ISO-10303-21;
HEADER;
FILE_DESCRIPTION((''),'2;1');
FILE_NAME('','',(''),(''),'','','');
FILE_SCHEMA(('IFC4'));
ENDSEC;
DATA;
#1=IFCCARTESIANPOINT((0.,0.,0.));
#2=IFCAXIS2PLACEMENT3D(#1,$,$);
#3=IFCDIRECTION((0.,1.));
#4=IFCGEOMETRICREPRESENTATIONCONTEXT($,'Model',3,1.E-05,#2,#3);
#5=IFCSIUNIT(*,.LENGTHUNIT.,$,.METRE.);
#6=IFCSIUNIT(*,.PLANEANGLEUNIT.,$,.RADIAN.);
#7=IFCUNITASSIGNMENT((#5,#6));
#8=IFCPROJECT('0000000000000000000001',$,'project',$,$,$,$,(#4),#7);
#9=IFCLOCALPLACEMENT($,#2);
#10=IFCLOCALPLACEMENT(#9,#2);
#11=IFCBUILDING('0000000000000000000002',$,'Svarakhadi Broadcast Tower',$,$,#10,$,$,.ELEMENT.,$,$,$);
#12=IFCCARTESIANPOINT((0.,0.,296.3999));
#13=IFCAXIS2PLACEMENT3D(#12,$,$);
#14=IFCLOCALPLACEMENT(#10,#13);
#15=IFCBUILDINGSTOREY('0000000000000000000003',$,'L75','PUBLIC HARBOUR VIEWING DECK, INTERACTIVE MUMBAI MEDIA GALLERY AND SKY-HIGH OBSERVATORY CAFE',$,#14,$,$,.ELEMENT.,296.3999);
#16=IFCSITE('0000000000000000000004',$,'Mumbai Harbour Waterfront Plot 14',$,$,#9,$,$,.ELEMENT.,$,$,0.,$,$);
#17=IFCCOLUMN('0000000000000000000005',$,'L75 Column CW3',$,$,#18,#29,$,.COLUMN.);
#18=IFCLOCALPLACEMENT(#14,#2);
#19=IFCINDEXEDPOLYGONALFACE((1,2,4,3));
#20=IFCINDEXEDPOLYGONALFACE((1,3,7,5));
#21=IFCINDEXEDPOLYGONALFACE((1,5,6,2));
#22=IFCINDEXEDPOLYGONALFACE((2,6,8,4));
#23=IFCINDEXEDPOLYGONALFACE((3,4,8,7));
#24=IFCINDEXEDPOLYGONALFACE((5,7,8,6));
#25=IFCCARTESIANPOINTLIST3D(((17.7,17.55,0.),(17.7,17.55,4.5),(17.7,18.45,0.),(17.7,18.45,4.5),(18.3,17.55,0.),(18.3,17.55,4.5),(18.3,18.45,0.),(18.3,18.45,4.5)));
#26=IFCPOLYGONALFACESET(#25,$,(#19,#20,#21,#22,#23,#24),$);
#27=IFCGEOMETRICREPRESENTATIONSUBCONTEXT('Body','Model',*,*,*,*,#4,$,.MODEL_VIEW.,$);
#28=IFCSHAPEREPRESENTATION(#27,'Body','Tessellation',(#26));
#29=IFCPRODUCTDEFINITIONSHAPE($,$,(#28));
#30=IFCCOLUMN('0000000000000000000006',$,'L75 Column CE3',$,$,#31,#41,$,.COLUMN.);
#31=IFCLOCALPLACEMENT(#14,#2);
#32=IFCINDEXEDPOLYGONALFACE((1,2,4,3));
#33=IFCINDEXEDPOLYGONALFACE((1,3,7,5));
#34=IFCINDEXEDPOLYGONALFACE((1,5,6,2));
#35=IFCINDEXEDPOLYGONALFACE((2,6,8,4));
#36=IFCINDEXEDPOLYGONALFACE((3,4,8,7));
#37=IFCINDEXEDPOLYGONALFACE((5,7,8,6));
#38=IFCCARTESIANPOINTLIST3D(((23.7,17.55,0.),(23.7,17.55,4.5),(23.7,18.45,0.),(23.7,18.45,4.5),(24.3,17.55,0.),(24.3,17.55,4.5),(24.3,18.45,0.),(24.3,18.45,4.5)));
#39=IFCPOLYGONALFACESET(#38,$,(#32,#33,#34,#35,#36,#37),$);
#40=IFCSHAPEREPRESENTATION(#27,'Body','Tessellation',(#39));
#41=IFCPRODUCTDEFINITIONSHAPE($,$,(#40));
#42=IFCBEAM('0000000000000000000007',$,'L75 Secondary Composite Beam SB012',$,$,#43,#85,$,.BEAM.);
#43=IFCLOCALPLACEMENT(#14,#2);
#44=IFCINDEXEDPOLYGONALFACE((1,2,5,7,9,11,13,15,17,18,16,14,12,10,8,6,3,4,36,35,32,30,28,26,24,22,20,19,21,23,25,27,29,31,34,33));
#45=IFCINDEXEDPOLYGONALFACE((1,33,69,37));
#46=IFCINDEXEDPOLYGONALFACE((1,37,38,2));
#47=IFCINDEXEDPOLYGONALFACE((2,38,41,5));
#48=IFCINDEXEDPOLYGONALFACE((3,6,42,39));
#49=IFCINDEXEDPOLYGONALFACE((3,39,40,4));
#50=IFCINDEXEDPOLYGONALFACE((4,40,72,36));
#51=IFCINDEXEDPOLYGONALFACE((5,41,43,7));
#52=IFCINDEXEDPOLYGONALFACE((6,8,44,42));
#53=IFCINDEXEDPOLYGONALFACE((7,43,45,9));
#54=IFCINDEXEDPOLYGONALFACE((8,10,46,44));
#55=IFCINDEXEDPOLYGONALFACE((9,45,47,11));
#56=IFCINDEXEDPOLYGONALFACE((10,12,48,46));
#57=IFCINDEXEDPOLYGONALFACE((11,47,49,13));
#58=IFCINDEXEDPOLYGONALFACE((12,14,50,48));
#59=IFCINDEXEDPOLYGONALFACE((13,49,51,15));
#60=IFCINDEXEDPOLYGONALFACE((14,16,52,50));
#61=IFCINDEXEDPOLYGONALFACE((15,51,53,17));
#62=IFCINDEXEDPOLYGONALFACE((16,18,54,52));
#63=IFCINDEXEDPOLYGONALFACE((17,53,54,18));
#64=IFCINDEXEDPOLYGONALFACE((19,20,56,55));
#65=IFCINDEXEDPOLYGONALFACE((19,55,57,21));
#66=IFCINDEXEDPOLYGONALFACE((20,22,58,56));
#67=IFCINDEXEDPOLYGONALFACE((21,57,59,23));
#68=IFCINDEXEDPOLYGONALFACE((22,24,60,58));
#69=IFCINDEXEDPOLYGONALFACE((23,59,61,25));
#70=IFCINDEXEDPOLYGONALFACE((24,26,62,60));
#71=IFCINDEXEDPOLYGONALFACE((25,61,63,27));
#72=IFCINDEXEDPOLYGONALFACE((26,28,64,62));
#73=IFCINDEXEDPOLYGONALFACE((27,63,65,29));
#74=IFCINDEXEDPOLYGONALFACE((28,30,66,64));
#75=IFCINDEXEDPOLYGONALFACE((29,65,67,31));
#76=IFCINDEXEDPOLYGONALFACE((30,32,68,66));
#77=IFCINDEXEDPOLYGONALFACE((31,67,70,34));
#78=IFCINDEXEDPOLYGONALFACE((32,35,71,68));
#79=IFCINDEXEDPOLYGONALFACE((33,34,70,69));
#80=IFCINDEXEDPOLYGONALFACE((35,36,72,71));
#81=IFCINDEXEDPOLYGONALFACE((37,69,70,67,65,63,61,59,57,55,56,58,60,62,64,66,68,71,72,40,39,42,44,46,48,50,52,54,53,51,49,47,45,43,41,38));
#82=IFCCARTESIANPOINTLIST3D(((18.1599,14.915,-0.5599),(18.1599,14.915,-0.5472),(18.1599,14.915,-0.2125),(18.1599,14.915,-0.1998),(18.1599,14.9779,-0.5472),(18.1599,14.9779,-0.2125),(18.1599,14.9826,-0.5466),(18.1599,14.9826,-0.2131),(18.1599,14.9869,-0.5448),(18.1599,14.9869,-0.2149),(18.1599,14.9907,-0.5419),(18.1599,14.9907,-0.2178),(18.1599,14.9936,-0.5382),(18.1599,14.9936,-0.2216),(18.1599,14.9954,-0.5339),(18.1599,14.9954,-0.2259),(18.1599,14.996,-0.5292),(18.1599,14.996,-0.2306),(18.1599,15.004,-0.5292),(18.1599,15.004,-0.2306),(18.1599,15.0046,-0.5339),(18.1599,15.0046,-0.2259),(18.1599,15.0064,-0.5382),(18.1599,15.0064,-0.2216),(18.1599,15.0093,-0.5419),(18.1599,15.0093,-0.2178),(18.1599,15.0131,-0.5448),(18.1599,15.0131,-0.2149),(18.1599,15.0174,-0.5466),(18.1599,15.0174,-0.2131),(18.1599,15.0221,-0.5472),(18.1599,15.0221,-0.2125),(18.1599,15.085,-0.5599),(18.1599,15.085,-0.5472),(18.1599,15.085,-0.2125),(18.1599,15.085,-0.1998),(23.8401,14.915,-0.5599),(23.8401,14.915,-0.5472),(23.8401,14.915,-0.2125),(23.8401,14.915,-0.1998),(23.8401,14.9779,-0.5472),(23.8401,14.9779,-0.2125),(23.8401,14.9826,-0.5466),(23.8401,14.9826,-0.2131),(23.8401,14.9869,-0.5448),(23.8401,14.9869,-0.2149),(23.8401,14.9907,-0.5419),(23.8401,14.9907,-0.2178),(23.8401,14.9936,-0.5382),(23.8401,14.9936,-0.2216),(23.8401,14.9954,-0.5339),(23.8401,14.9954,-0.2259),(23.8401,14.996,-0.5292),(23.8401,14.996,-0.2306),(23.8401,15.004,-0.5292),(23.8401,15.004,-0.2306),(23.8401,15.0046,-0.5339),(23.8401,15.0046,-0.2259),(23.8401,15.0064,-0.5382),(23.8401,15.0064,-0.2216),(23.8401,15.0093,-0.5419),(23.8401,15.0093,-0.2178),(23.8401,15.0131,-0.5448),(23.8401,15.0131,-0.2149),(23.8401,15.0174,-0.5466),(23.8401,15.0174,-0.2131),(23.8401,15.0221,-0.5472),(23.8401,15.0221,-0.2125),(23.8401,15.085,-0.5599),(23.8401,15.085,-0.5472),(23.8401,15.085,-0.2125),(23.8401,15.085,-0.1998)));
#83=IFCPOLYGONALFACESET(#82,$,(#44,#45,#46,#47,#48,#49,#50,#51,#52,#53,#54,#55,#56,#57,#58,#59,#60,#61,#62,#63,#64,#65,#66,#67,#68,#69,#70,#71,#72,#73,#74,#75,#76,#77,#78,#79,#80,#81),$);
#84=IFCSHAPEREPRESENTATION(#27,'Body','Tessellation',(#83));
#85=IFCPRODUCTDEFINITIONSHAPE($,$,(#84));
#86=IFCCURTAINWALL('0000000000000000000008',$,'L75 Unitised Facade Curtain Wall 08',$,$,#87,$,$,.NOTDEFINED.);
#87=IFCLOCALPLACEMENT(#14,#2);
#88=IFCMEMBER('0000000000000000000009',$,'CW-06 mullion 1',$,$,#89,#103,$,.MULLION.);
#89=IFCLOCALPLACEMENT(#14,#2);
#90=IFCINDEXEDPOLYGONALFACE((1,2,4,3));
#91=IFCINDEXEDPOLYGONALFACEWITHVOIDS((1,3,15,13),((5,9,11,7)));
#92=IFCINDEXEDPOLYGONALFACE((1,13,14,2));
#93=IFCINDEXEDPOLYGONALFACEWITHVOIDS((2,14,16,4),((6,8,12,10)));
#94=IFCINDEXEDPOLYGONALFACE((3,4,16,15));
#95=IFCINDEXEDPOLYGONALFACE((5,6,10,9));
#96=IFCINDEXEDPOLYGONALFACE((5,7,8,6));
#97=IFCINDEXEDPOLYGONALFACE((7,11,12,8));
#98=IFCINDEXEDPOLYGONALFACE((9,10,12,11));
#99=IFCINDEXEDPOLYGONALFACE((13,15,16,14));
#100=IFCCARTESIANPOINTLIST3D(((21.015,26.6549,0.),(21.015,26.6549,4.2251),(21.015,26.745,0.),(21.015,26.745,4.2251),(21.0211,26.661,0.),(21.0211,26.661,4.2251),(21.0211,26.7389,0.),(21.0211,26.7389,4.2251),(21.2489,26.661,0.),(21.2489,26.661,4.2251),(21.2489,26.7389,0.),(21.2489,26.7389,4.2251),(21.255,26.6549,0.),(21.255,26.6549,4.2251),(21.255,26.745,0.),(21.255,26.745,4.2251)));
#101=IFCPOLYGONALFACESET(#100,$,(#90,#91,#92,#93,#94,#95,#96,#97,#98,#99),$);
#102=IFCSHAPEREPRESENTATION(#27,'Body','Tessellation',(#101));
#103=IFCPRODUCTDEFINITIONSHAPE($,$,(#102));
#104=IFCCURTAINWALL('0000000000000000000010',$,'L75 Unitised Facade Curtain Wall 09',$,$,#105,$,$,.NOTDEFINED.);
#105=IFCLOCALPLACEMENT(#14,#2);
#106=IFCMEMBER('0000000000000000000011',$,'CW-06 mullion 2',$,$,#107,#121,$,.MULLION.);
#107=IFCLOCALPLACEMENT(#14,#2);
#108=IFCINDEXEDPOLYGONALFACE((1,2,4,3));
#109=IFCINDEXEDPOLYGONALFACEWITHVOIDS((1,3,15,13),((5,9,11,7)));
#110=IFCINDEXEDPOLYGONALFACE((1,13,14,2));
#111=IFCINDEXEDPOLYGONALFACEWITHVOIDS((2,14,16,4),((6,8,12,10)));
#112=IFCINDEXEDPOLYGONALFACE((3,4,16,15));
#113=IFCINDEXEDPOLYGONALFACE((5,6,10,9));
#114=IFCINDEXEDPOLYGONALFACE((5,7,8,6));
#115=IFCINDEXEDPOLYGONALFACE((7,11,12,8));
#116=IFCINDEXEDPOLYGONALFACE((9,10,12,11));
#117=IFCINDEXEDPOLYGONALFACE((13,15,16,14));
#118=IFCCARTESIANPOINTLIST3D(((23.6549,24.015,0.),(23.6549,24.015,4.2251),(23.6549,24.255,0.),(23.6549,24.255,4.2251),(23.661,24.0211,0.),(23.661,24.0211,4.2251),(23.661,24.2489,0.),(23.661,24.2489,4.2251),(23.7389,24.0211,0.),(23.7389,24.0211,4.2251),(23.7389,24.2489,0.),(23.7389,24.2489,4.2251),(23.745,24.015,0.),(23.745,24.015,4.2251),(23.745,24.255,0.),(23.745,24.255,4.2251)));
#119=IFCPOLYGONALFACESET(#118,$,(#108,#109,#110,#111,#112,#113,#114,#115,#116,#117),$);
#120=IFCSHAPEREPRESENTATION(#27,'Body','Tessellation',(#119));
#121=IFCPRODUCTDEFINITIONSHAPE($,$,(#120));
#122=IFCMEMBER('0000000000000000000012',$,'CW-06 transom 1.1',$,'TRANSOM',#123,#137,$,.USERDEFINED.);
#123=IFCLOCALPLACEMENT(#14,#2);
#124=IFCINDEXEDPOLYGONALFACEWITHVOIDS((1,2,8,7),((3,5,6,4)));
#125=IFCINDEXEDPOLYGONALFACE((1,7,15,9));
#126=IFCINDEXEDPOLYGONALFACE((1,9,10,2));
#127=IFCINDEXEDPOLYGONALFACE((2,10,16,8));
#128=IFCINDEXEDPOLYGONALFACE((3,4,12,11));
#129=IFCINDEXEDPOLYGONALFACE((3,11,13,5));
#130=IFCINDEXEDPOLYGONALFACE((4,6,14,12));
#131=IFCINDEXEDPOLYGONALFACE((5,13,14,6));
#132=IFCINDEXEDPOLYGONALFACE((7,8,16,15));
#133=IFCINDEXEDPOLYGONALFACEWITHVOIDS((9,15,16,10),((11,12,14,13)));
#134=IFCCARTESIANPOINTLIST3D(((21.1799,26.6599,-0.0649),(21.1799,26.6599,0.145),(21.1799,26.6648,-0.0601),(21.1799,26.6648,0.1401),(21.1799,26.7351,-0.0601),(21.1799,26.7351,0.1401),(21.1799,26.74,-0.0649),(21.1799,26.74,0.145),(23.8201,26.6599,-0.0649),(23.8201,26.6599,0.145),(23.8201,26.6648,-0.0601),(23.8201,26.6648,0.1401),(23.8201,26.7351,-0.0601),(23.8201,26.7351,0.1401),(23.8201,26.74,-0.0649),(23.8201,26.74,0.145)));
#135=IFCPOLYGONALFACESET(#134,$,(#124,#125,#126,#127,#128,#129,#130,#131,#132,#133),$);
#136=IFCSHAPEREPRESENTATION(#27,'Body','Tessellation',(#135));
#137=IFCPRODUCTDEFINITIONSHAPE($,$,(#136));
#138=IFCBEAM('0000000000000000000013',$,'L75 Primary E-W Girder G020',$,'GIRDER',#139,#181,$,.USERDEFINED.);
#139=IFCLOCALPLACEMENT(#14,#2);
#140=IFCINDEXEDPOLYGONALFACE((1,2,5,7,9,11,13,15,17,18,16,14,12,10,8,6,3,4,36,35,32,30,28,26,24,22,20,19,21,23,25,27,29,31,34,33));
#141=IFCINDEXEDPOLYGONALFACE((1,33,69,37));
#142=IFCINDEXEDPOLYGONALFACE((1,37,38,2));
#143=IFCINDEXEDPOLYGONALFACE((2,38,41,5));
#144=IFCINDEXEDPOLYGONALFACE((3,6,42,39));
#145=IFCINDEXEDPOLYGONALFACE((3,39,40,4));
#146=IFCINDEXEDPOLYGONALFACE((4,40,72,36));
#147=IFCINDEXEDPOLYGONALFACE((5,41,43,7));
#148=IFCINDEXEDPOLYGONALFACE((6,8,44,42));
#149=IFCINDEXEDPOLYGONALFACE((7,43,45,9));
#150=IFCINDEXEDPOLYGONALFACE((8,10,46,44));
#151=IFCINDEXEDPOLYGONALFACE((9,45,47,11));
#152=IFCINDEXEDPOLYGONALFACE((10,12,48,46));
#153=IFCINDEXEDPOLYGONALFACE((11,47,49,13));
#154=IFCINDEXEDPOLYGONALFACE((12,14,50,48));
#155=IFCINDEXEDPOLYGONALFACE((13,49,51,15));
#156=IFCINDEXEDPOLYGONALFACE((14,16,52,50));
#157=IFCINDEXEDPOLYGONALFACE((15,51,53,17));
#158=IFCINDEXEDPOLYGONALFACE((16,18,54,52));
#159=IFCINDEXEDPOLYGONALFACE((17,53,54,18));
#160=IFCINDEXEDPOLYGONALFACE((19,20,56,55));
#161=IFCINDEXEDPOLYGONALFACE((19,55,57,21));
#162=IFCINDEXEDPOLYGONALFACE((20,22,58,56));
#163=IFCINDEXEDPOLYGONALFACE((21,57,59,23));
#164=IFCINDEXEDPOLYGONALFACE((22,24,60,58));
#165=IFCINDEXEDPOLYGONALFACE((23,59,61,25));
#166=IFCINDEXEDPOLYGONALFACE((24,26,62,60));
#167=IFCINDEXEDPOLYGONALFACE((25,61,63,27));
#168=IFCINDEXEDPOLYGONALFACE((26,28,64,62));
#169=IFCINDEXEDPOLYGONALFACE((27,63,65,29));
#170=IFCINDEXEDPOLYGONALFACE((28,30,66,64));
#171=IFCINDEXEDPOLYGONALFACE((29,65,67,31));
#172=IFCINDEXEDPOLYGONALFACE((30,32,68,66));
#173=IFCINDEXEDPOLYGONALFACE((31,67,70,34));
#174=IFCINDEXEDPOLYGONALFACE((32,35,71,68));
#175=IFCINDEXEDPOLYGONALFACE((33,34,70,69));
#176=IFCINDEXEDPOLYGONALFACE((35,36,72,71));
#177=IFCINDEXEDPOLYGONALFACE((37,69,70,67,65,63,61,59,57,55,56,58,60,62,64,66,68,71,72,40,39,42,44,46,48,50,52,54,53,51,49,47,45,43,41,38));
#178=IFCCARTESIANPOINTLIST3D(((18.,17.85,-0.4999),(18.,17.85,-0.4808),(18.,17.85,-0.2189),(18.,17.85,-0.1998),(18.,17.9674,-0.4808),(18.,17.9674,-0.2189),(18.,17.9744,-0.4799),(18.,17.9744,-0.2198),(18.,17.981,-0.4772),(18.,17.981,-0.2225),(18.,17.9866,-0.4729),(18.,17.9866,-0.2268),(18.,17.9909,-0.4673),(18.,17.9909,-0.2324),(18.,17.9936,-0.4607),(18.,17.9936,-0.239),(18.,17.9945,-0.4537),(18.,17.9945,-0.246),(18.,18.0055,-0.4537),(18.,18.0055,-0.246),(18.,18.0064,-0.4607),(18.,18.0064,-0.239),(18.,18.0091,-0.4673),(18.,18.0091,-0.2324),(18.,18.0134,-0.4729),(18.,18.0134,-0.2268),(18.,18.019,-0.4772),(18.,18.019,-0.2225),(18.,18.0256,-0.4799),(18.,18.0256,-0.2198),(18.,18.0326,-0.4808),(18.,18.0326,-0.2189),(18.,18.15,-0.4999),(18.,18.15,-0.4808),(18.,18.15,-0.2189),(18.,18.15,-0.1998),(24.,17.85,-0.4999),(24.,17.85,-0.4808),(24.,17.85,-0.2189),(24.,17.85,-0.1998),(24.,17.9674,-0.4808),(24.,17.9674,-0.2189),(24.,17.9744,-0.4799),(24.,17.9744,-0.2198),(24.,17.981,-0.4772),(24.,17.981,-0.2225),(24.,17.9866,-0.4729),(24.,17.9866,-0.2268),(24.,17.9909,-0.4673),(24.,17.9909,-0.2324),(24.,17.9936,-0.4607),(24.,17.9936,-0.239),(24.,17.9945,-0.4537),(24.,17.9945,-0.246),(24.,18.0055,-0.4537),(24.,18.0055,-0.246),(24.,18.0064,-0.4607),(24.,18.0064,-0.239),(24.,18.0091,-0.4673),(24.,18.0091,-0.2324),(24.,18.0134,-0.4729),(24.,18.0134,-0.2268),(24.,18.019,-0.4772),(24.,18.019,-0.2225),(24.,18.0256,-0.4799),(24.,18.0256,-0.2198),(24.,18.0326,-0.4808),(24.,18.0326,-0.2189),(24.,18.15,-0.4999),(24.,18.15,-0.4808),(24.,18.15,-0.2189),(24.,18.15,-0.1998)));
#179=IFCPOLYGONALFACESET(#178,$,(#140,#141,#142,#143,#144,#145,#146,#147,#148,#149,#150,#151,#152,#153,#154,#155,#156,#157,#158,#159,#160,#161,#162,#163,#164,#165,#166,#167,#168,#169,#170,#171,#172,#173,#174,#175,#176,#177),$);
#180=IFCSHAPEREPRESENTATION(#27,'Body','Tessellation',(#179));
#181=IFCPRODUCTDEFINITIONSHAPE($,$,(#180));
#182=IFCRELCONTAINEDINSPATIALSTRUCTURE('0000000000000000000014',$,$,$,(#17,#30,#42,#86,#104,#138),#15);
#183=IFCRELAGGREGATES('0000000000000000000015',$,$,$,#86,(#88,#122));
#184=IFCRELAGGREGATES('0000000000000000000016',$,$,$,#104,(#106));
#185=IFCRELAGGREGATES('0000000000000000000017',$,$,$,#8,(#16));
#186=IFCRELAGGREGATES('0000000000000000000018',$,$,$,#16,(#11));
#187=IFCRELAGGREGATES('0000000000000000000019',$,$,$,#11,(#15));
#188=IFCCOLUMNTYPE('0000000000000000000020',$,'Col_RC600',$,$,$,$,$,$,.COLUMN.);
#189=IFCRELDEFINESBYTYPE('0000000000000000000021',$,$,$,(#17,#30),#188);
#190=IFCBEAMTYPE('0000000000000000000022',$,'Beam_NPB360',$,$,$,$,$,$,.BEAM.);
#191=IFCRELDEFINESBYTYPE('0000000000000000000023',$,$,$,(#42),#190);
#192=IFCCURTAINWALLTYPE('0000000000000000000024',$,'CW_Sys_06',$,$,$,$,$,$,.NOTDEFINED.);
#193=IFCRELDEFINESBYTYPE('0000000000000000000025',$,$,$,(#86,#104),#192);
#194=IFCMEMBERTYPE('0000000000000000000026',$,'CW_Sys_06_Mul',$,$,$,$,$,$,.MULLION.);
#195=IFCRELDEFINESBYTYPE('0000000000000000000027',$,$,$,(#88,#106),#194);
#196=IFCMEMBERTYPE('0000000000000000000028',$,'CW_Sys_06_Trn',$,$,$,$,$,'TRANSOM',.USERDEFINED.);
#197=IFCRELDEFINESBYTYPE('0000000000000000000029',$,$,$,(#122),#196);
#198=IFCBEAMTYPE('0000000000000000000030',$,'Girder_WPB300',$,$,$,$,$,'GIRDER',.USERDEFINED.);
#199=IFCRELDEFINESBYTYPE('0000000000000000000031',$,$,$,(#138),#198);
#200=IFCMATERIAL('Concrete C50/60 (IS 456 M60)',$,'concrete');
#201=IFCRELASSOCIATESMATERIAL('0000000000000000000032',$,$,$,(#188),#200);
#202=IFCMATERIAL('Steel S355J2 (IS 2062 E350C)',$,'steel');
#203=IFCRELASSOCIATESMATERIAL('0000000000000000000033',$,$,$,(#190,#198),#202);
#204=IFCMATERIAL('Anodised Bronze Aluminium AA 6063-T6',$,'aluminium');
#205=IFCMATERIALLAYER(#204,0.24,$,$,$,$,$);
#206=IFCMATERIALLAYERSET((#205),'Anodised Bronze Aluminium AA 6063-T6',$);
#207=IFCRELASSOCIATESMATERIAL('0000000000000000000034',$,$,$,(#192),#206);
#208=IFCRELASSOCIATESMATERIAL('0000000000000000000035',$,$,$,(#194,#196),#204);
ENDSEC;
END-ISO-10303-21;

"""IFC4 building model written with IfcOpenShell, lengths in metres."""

from ifc_helpers import new_model, si_unit, direction, frame, origin, origin_2d, place, context, subcontext, project, spatial, rectangle, hollow_rectangle, i_section, extrude, material, layer, layer_set, material_profile, profile_set, type_object, element, aggregate, save


model = new_model("IFC4")

# Units and contexts
model_context = context("Model", 3, precision=1e-05, world=origin(), true_north=direction((0.0, 1.0)))
body_context = subcontext(model_context, "Body", "Model", "MODEL_VIEW")
ifc_project = project(units=[si_unit("LENGTHUNIT", "METRE"), si_unit("PLANEANGLEUNIT", "RADIAN")], contexts=[model_context])

# Site, building, storey
site_placement = place(None, origin())
site = spatial("IfcSite", under=ifc_project, at=site_placement, Name="Mumbai Harbour Waterfront Plot 14", CompositionType="ELEMENT", RefElevation=0.0)
building_placement = place(site_placement, origin())
building = spatial("IfcBuilding", under=site, at=building_placement, Name="Svarakhadi Broadcast Tower", CompositionType="ELEMENT")
storey_placement = place(building_placement, frame((0.0, 0.0, 296.3999)))
storey = spatial("IfcBuildingStorey", under=building, at=storey_placement, Name="L75", Description="PUBLIC HARBOUR VIEWING DECK, INTERACTIVE MUMBAI MEDIA GALLERY AND SKY-HIGH OBSERVATORY CAFE", CompositionType="ELEMENT", Elevation=296.3999)

# Columns
ifc_material_1 = material(Name="Concrete C50/60 (IS 456 M60)", Category="concrete")
ifc_material_profile_1 = material_profile(ifc_material_1, rectangle(XDim=0.6001, YDim=0.8999, at=origin_2d()), Name="RC 600x900")
ifc_profile_set_1 = profile_set([ifc_material_profile_1], Name="Concrete C50/60 (IS 456 M60)")
column_type = type_object("IfcColumnType", Name="Col_RC600", PredefinedType="COLUMN", material=ifc_profile_set_1)
for number, where, z_axis, x_axis, name in (
    (1, (18.0, 18.0, 0.0), (0.0, 0.0, 1.0), (1.0, 0.0, 0.0), "L75 Column CW3"),
    (2, (24.0, 18.0, 0.0), (0.0, 0.0, 1.0), (1.0, 0.0, 0.0), "L75 Column CE3"),
):
    element("IfcColumn", number, at=place(storey_placement, frame(where, z_axis=z_axis, x_axis=x_axis)), inside=storey, type_object=column_type, Name=name, PredefinedType="COLUMN", context=body_context, shape_type="SweptSolid", body=[
        extrude(rectangle(XDim=0.6001, YDim=0.8999, at=origin_2d()), origin(), (0.0, 0.0, 1.0), 4.5),
    ])

# Beam
ifc_material_2 = material(Name="Steel S355J2 (IS 2062 E350C)", Category="steel")
ifc_material_profile_2 = material_profile(ifc_material_2, i_section(OverallWidth=0.1699, OverallDepth=0.3601, WebThickness=0.0081, FlangeThickness=0.0127, FilletRadius=0.0181, at=origin_2d()), Name="NPB 360x170x57")
ifc_profile_set_2 = profile_set([ifc_material_profile_2], Name="Steel S355J2 (IS 2062 E350C)")
beam_type_1 = type_object("IfcBeamType", Name="Beam_NPB360", PredefinedType="BEAM", material=ifc_profile_set_2)
beam_1_placement = place(storey_placement, frame((18.1599, 15.0, -0.3799), z_axis=(1.0, 0.0, 0.0), x_axis=(0.0, 1.0, 0.0)))
element("IfcBeam", 3, at=beam_1_placement, inside=storey, type_object=beam_type_1, Name="L75 Secondary Composite Beam SB012", PredefinedType="BEAM", context=body_context, shape_type="SweptSolid", body=[
    extrude(i_section(OverallWidth=0.1699, OverallDepth=0.3601, WebThickness=0.0081, FlangeThickness=0.0127, FilletRadius=0.0181, at=origin_2d()), origin(), (0.0, 0.0, 1.0), 5.6802),
])

# Curtain walls, members
ifc_material_3 = material(Name="Anodised Bronze Aluminium AA 6063-T6", Category="aluminium")
ifc_layer_1 = layer(ifc_material_3, 0.24)
ifc_layer_set_1 = layer_set([ifc_layer_1], Name="Anodised Bronze Aluminium AA 6063-T6")
curtain_wall_type = type_object("IfcCurtainWallType", Name="CW_Sys_06", PredefinedType="NOTDEFINED", material=ifc_layer_set_1)
curtain_wall_1_placement = place(storey_placement, origin())
curtain_wall_1 = element("IfcCurtainWall", 4, at=curtain_wall_1_placement, inside=storey, type_object=curtain_wall_type, Name="L75 Unitised Facade Curtain Wall 08", PredefinedType="NOTDEFINED")
ifc_material_profile_3 = material_profile(ifc_material_3, hollow_rectangle(XDim=0.0901, YDim=0.24, WallThickness=0.0061, at=origin_2d()), Name="ALU MULLION 240x90x6")
ifc_profile_set_3 = profile_set([ifc_material_profile_3], Name="Anodised Bronze Aluminium AA 6063-T6")
member_type_1 = type_object("IfcMemberType", Name="CW_Sys_06_Mul", PredefinedType="MULLION", material=ifc_profile_set_3)
member_1_placement = place(storey_placement, frame((21.135, 26.7, 0.0), z_axis=(0.0, 0.0, 1.0), x_axis=(0.0, 1.0, 0.0)))
member_1 = element("IfcMember", 5, at=member_1_placement, type_object=member_type_1, Name="CW-06 mullion 1", PredefinedType="MULLION", context=body_context, shape_type="SweptSolid", body=[
    extrude(hollow_rectangle(XDim=0.0901, YDim=0.24, WallThickness=0.0061, at=origin_2d()), origin(), (0.0, 0.0, 1.0), 4.2251),
])
curtain_wall_2_placement = place(storey_placement, origin())
curtain_wall_2 = element("IfcCurtainWall", 6, at=curtain_wall_2_placement, inside=storey, type_object=curtain_wall_type, Name="L75 Unitised Facade Curtain Wall 09", PredefinedType="NOTDEFINED")
member_2_placement = place(storey_placement, frame((23.7, 24.135, 0.0), z_axis=(0.0, 0.0, 1.0), x_axis=(1.0, 0.0, 0.0)))
member_2 = element("IfcMember", 7, at=member_2_placement, type_object=member_type_1, Name="CW-06 mullion 2", PredefinedType="MULLION", context=body_context, shape_type="SweptSolid", body=[
    extrude(hollow_rectangle(XDim=0.0901, YDim=0.24, WallThickness=0.0061, at=origin_2d()), origin(), (0.0, 0.0, 1.0), 4.2251),
])

# Member
ifc_material_profile_4 = material_profile(ifc_material_3, hollow_rectangle(XDim=0.0801, YDim=0.21, WallThickness=0.0049, at=origin_2d()), Name="ALU TRANSOM 210x80x5")
ifc_profile_set_4 = profile_set([ifc_material_profile_4], Name="Anodised Bronze Aluminium AA 6063-T6")
member_type_2 = type_object("IfcMemberType", Name="CW_Sys_06_Trn", ElementType="TRANSOM", PredefinedType="USERDEFINED", material=ifc_profile_set_4)
member_3_placement = place(storey_placement, frame((21.1799, 26.7, 0.04), z_axis=(1.0, 0.0, 0.0), x_axis=(0.0, 1.0, 0.0)))
member_3 = element("IfcMember", 8, at=member_3_placement, type_object=member_type_2, Name="CW-06 transom 1.1", ObjectType="TRANSOM", PredefinedType="USERDEFINED", context=body_context, shape_type="SweptSolid", body=[
    extrude(hollow_rectangle(XDim=0.0801, YDim=0.21, WallThickness=0.0049, at=origin_2d()), origin(), (0.0, 0.0, 1.0), 2.6401),
])
aggregate(curtain_wall_1, [member_1, member_3])

# Beam
ifc_material_profile_5 = material_profile(ifc_material_2, i_section(OverallWidth=0.3, OverallDepth=0.3, WebThickness=0.011, FlangeThickness=0.019, FilletRadius=0.0271, at=origin_2d()), Name="WPB 300x300x117")
ifc_profile_set_5 = profile_set([ifc_material_profile_5], Name="Steel S355J2 (IS 2062 E350C)")
beam_type_2 = type_object("IfcBeamType", Name="Girder_WPB300", ElementType="GIRDER", PredefinedType="USERDEFINED", material=ifc_profile_set_5)
beam_2_placement = place(storey_placement, frame((18.0, 18.0, -0.3499), z_axis=(1.0, 0.0, 0.0), x_axis=(0.0, 1.0, 0.0)))
element("IfcBeam", 9, at=beam_2_placement, inside=storey, type_object=beam_type_2, Name="L75 Primary E-W Girder G020", ObjectType="GIRDER", PredefinedType="USERDEFINED", context=body_context, shape_type="SweptSolid", body=[
    extrude(i_section(OverallWidth=0.3, OverallDepth=0.3, WebThickness=0.011, FlangeThickness=0.019, FilletRadius=0.0271, at=origin_2d()), origin(), (0.0, 0.0, 1.0), 6.0),
])

aggregate(curtain_wall_2, [member_2])

save(model, "model.ifc")
